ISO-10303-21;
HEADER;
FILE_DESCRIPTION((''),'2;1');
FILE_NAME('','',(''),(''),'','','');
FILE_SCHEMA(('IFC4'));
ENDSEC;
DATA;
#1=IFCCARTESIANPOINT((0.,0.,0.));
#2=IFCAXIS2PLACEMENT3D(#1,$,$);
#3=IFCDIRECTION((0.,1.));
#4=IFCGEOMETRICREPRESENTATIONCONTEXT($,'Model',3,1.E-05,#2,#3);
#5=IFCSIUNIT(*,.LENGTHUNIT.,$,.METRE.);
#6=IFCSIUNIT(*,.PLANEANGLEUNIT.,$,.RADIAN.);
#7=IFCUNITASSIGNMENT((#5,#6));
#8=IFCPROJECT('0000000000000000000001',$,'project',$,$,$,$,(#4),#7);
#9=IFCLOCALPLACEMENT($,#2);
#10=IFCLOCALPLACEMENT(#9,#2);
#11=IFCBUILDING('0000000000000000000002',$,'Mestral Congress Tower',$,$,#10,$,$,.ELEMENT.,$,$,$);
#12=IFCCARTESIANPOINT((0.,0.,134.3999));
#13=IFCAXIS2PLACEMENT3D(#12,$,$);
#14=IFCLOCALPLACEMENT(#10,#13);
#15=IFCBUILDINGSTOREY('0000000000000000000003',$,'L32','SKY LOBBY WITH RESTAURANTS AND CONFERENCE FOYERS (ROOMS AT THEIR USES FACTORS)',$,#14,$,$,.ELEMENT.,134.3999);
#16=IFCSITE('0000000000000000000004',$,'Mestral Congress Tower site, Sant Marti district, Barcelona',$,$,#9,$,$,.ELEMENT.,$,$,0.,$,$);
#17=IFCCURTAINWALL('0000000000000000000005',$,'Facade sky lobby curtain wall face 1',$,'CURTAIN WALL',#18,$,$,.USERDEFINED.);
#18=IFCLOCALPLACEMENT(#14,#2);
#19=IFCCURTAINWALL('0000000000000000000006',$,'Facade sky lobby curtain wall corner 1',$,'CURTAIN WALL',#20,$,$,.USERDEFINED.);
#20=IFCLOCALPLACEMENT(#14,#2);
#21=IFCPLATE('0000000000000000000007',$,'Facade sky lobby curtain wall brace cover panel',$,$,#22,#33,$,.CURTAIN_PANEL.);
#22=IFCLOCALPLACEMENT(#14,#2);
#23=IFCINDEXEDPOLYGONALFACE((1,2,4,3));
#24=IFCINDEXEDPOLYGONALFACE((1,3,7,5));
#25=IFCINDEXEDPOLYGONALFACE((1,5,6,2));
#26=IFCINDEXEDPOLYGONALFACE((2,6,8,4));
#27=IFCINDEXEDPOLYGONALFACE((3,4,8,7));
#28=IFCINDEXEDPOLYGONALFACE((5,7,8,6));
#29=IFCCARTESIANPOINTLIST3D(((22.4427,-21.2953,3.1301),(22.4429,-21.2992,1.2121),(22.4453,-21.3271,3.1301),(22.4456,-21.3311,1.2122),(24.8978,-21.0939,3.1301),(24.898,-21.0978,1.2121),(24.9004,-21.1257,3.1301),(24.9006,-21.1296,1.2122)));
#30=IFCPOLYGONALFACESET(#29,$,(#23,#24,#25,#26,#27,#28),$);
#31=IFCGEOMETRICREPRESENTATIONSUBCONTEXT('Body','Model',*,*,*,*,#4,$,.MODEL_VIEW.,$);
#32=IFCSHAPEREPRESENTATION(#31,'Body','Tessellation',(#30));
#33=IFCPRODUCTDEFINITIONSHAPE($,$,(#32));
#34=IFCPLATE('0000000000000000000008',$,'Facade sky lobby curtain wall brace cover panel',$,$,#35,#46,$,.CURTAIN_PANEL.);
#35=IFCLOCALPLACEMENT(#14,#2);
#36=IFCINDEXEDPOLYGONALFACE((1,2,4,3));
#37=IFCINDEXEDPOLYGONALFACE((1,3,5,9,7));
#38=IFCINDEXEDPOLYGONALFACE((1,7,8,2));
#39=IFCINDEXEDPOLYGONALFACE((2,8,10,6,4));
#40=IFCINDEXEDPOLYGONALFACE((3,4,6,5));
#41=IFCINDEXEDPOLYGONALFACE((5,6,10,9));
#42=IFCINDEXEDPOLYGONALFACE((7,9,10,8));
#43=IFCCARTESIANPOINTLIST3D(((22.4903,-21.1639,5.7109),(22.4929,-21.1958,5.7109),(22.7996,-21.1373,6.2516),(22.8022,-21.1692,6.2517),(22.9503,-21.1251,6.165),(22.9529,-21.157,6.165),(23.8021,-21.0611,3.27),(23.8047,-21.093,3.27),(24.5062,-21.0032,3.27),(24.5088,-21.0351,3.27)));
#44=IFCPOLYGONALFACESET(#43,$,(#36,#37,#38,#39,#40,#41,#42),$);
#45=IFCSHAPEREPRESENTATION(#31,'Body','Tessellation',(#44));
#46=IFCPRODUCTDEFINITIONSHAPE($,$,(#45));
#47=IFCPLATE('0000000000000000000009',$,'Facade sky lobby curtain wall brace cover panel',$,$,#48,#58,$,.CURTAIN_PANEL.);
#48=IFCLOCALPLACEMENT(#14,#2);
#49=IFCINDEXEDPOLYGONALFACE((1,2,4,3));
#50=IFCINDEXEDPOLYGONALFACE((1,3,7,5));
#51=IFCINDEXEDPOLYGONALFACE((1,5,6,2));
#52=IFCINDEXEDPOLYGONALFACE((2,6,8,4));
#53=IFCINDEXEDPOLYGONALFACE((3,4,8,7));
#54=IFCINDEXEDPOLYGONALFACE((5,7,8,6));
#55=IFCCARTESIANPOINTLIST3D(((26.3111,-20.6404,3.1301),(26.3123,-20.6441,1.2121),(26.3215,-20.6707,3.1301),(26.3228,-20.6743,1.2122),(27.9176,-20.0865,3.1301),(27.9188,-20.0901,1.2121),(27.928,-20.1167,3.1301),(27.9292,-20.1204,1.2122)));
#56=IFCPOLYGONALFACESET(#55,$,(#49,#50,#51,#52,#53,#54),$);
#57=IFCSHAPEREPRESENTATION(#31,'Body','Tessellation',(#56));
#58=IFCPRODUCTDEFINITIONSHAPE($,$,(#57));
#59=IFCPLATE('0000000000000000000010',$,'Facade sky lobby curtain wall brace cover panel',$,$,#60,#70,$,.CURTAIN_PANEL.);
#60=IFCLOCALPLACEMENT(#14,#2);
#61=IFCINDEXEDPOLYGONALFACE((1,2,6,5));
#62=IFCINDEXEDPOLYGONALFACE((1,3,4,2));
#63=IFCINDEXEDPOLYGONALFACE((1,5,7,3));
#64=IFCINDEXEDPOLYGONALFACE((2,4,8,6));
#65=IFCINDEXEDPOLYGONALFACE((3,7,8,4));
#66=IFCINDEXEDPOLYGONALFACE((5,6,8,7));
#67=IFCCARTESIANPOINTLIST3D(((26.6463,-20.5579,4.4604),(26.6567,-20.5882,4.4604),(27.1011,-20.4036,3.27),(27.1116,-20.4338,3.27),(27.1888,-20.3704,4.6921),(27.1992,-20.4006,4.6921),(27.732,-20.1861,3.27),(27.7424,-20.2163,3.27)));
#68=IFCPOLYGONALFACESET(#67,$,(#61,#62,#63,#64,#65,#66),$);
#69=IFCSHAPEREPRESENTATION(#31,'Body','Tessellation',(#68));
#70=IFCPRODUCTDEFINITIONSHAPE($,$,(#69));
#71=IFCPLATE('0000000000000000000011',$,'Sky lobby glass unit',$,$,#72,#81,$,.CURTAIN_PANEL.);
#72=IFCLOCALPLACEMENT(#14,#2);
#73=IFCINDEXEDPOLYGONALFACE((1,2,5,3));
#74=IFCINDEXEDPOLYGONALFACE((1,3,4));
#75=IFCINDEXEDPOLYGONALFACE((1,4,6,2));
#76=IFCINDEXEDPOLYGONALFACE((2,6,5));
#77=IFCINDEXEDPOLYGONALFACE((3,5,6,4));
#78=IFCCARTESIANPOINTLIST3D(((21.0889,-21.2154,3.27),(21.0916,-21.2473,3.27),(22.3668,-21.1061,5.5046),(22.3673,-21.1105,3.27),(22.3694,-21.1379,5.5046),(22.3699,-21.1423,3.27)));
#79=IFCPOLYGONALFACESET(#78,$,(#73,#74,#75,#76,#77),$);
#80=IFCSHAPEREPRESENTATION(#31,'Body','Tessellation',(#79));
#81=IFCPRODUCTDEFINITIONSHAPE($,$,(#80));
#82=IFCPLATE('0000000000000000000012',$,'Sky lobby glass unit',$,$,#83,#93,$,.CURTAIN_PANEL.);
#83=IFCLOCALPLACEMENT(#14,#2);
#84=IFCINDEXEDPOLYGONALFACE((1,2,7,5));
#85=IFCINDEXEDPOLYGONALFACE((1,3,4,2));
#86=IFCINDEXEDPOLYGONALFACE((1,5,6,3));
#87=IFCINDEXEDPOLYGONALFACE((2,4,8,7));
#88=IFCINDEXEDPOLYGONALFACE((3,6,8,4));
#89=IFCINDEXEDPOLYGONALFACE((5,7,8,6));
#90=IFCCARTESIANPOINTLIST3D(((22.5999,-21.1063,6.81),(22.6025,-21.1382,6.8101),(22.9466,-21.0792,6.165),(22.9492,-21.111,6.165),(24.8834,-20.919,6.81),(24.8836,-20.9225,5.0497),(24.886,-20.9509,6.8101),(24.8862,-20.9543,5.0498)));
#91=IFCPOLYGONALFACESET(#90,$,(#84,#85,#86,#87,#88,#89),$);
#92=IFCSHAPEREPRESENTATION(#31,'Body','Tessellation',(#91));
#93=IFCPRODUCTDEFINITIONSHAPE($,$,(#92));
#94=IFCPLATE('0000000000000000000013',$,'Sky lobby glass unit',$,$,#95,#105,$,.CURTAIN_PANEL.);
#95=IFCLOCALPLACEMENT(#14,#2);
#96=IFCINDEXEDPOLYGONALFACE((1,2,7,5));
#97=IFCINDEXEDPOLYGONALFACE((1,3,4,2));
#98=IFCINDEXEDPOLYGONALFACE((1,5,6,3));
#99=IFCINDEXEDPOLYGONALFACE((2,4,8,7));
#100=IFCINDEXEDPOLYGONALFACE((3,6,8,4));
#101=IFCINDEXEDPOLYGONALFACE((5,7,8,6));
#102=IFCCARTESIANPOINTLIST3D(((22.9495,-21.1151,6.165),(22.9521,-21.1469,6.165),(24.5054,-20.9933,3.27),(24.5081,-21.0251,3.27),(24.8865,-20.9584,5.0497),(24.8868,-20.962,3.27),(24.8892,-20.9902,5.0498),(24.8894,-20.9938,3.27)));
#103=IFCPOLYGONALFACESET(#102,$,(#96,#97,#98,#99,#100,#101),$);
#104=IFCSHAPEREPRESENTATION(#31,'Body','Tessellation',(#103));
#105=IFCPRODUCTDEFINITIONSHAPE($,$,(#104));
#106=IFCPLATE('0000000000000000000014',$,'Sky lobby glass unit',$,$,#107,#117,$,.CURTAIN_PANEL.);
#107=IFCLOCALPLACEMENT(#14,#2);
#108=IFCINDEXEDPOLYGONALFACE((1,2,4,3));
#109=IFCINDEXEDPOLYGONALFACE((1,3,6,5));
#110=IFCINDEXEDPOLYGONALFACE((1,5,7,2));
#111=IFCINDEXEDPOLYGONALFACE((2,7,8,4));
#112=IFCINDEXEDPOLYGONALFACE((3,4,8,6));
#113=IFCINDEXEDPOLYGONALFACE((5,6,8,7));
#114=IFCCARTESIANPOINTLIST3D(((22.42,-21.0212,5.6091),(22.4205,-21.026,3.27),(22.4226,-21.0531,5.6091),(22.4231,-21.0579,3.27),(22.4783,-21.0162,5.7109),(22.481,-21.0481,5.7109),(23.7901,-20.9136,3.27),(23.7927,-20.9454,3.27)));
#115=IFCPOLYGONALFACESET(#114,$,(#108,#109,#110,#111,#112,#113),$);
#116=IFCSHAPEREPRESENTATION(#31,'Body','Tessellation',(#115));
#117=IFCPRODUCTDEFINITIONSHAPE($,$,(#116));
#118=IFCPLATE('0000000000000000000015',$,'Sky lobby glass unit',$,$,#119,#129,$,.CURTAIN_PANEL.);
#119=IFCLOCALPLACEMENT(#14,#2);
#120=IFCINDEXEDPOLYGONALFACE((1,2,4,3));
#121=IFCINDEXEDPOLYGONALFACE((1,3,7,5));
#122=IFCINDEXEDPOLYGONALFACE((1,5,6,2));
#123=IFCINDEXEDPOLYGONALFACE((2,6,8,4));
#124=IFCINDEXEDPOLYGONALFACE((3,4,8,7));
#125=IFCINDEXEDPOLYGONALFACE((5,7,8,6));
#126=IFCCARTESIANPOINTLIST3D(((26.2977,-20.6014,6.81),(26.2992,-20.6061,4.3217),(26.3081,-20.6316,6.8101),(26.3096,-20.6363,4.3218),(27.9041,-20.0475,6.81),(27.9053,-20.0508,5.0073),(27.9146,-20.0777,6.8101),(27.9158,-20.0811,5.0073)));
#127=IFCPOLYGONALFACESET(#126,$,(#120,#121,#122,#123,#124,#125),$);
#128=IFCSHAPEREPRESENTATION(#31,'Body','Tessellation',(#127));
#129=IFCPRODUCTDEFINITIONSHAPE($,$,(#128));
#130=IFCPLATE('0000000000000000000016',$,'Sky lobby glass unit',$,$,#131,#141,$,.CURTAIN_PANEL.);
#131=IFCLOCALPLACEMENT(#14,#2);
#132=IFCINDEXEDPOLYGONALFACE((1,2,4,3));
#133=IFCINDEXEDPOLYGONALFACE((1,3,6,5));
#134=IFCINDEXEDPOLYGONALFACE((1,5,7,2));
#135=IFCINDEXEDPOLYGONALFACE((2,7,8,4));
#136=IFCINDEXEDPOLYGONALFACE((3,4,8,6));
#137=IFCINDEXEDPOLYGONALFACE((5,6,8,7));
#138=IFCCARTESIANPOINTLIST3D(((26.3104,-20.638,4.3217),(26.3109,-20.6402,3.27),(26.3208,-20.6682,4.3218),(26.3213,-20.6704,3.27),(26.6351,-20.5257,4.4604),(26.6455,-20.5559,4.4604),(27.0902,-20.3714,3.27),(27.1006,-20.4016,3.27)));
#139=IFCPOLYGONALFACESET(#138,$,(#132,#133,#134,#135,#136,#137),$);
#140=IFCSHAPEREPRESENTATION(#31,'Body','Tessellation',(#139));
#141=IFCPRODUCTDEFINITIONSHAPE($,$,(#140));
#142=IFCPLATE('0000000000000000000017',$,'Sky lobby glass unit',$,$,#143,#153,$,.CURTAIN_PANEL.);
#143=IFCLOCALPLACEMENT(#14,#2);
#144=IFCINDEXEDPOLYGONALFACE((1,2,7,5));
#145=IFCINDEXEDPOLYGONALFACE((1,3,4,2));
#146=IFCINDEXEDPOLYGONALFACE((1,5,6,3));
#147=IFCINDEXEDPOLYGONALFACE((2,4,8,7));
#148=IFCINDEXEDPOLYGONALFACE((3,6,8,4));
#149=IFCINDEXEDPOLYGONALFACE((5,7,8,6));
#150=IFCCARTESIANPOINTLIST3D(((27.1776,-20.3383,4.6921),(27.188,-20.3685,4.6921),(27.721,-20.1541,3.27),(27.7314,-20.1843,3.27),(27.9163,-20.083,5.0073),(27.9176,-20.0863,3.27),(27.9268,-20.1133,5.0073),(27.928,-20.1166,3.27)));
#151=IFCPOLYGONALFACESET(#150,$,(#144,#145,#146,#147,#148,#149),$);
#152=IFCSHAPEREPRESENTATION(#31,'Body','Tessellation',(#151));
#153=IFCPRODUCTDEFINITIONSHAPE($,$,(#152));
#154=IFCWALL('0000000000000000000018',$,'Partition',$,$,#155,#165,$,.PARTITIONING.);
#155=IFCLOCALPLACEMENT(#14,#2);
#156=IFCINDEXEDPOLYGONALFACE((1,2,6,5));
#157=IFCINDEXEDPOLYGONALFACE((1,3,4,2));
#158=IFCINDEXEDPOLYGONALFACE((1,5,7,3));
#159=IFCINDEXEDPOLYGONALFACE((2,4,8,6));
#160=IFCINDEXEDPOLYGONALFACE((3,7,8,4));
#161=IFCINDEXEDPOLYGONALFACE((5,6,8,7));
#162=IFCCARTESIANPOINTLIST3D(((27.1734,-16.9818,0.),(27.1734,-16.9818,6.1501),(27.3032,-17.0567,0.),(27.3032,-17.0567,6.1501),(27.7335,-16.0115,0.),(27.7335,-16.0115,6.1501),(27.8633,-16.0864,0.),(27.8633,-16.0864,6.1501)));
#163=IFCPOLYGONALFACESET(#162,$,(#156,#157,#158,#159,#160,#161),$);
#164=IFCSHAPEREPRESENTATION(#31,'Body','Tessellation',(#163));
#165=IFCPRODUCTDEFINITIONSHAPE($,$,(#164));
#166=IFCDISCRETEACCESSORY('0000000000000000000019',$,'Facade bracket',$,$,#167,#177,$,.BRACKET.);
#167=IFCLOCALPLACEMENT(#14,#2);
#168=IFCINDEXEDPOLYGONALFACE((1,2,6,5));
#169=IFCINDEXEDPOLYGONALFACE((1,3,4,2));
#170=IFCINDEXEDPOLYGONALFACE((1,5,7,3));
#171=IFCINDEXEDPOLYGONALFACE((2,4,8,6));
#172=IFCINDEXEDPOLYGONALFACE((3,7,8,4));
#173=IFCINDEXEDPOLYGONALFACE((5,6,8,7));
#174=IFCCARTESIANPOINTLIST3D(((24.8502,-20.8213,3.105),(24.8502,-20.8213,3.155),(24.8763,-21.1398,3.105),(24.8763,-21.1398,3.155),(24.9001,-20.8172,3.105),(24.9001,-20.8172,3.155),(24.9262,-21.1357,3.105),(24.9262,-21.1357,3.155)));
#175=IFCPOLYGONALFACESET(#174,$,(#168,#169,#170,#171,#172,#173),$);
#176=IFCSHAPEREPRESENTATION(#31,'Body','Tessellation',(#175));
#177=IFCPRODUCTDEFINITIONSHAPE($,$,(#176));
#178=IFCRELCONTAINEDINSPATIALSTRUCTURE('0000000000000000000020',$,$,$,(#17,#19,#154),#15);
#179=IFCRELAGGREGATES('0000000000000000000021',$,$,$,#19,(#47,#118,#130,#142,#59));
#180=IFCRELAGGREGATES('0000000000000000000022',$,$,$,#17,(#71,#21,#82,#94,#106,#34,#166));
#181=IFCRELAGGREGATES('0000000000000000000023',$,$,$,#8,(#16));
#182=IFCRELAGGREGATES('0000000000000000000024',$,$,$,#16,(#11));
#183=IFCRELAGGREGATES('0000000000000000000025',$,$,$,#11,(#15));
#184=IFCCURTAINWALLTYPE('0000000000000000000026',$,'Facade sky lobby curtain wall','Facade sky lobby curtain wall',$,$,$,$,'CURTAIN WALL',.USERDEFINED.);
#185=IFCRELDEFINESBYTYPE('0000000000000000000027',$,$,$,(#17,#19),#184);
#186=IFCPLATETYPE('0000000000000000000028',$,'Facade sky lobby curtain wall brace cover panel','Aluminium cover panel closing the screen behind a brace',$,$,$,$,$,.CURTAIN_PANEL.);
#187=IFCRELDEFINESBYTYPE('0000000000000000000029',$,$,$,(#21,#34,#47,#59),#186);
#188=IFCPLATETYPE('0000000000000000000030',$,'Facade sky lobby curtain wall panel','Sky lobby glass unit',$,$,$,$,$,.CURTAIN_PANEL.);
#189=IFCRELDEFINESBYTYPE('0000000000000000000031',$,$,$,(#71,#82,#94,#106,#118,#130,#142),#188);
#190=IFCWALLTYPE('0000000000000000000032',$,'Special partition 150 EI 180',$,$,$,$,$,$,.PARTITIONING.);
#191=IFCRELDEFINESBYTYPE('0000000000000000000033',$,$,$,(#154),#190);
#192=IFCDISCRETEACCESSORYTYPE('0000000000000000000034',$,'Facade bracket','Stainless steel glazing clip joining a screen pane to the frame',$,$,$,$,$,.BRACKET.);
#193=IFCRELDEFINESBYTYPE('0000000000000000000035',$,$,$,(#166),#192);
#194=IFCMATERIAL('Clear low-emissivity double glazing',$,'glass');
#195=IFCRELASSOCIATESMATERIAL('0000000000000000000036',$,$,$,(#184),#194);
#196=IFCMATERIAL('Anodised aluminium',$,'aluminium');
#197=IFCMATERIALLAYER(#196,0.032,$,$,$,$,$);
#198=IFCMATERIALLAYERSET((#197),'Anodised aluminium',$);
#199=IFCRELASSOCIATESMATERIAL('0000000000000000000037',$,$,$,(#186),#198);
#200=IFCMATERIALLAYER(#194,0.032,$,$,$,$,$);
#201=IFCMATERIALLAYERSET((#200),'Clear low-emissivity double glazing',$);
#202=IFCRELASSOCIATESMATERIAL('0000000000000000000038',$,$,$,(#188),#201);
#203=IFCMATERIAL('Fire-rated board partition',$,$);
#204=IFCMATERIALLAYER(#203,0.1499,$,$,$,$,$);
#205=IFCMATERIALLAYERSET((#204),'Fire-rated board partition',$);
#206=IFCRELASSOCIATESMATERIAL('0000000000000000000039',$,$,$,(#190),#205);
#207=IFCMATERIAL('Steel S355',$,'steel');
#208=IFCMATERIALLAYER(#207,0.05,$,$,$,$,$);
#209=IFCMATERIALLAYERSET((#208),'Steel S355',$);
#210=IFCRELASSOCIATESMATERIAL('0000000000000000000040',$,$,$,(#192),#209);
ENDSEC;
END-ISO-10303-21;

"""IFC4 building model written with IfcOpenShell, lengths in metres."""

from ifc_helpers import new_model, si_unit, direction, frame, frame_2d, origin, origin_2d, place, context, subcontext, project, spatial, polyline, rectangle, outline, extrude, material, layer, layer_set, type_object, element, aggregate, save


model = new_model("IFC4")

# Units and contexts
model_context = context("Model", 3, precision=1e-05, world=origin(), true_north=direction((0.0, 1.0)))
body_context = subcontext(model_context, "Body", "Model", "MODEL_VIEW")
ifc_project = project(units=[si_unit("LENGTHUNIT", "METRE"), si_unit("PLANEANGLEUNIT", "RADIAN")], contexts=[model_context])

# Site, building, storey
site_placement = place(None, origin())
site = spatial("IfcSite", under=ifc_project, at=site_placement, Name="Mestral Congress Tower site, Sant Marti district, Barcelona", CompositionType="ELEMENT", RefElevation=0.0)
building_placement = place(site_placement, origin())
building = spatial("IfcBuilding", under=site, at=building_placement, Name="Mestral Congress Tower", CompositionType="ELEMENT")
storey_placement = place(building_placement, frame((0.0, 0.0, 134.3999)))
storey = spatial("IfcBuildingStorey", under=building, at=storey_placement, Name="L32", Description="SKY LOBBY WITH RESTAURANTS AND CONFERENCE FOYERS (ROOMS AT THEIR USES FACTORS)", CompositionType="ELEMENT", Elevation=134.3999)

# Shared definitions
ifc_material_1 = material(Name="Steel S355", Category="steel")

# Curtain walls
ifc_material_2 = material(Name="Clear low-emissivity double glazing", Category="glass")
curtain_wall_type = type_object("IfcCurtainWallType", Name="Facade sky lobby curtain wall", Description="Facade sky lobby curtain wall", ElementType="CURTAIN WALL", PredefinedType="USERDEFINED", material=ifc_material_2)
placement = place(storey_placement, origin())
curtain_wall_1 = element("IfcCurtainWall", 1, at=placement, inside=storey, type_object=curtain_wall_type, Name="Facade sky lobby curtain wall face 1", ObjectType="CURTAIN WALL", PredefinedType="USERDEFINED")
ifc_material_3 = material(Name="Anodised aluminium", Category="aluminium")
curtain_wall_2 = element("IfcCurtainWall", 2, at=placement, inside=storey, type_object=curtain_wall_type, Name="Facade sky lobby curtain wall corner 1", ObjectType="CURTAIN WALL", PredefinedType="USERDEFINED")

# Plates
ifc_layer_1 = layer(ifc_material_3, 0.032)
ifc_layer_set_1 = layer_set([ifc_layer_1], Name="Anodised aluminium")
plate_type_1 = type_object("IfcPlateType", Name="Facade sky lobby curtain wall brace cover panel", Description="Aluminium cover panel closing the screen behind a brace", PredefinedType="CURTAIN_PANEL", material=ifc_layer_set_1)
plate_1_placement = place(storey_placement, frame((24.9004, -21.1257, 3.1301), z_axis=(0.081766, -0.996649, 0.00204), x_axis=(0.000127, -0.002037, -0.999998)))
plate_1 = element("IfcPlate", 3, at=plate_1_placement, type_object=plate_type_1, Name="Facade sky lobby curtain wall brace cover panel", PredefinedType="CURTAIN_PANEL", context=body_context, shape_type="SweptSolid", body=[
    extrude(outline(polyline([(0.0, 0.0), (1.918, 0.0), (1.9181, -2.4633), (0.0001, -2.4633), (0.0, 0.0)])), origin(), (0.0, 0.0, -1.0), 0.032),
])
plate_2_placement = place(storey_placement, frame((23.8047, -21.093, 3.27), z_axis=(0.081958, -0.996634, 0.002095), x_axis=(-0.473056, -0.037051, 0.880253)))
plate_2 = element("IfcPlate", 4, at=plate_2_placement, type_object=plate_type_1, Name="Facade sky lobby curtain wall brace cover panel", PredefinedType="CURTAIN_PANEL", context=body_context, shape_type="SweptSolid", body=[
    extrude(outline(polyline([(0.0, 0.0), (2.773, 0.0), (3.1017, -0.5299), (2.9537, -0.6218), (-0.3352, -0.6219), (0.0, 0.0)])), origin(), (0.0, 0.0, -1.0), 0.032),
])
plate_3_placement = place(storey_placement, frame((27.928, -20.1167, 3.1301), z_axis=(0.325994, -0.94537, 0.002013), x_axis=(0.000636, -0.001909, -0.999998)))
plate_3 = element("IfcPlate", 5, at=plate_3_placement, type_object=plate_type_1, Name="Facade sky lobby curtain wall brace cover panel", PredefinedType="CURTAIN_PANEL", context=body_context, shape_type="SweptSolid", body=[
    extrude(outline(polyline([(0.0, 0.0), (1.918, 0.0), (1.918, -1.6993), (0.0, -1.6993), (0.0, 0.0)])), origin(), (0.0, 0.0, -1.0), 0.032),
])
plate_4_placement = place(storey_placement, frame((27.1116, -20.4338, 3.27), z_axis=(0.325949, -0.945385, 0.001984), x_axis=(-0.354318, -0.120215, 0.927366)))
plate_4 = element("IfcPlate", 6, at=plate_4_placement, type_object=plate_type_1, Name="Facade sky lobby curtain wall brace cover panel", PredefinedType="CURTAIN_PANEL", context=body_context, shape_type="SweptSolid", body=[
    extrude(outline(polyline([(0.0, 0.0), (1.2837, 0.0), (1.2838, -0.619), (-0.2497, -0.6188), (0.0, 0.0)])), origin(), (0.0, 0.0, -1.0), 0.032),
])
ifc_layer_2 = layer(ifc_material_2, 0.032)
ifc_layer_set_2 = layer_set([ifc_layer_2], Name="Clear low-emissivity double glazing")
plate_type_2 = type_object("IfcPlateType", Name="Facade sky lobby curtain wall panel", Description="Sky lobby glass unit", PredefinedType="CURTAIN_PANEL", material=ifc_layer_set_2)
plate_5_placement = place(storey_placement, frame((22.3699, -21.1423, 3.27), z_axis=(0.081848, -0.996643, 0.001978), x_axis=(-0.996645, -0.081848, 0.0)))
plate_5 = element("IfcPlate", 7, at=plate_5_placement, type_object=plate_type_2, Name="Sky lobby glass unit", PredefinedType="CURTAIN_PANEL", context=body_context, shape_type="SweptSolid", body=[
    extrude(outline(polyline([(0.0, 0.0), (1.2826, 0.0), (0.0001, -2.2346), (0.0, 0.0)])), origin(), (0.0, 0.0, -1.0), 0.032),
])
plate_6_placement = place(storey_placement, frame((24.8862, -20.9543, 5.0498), z_axis=(0.081756, -0.99665, 0.001979), x_axis=(-0.864504, -0.069928, 0.497737)))
plate_6 = element("IfcPlate", 8, at=plate_6_placement, type_object=plate_type_2, Name="Sky lobby glass unit", PredefinedType="CURTAIN_PANEL", context=body_context, shape_type="SweptSolid", body=[
    extrude(outline(polyline([(0.0, 0.0), (2.2406, 0.0), (2.8633, -0.3864), (0.8761, -1.5267), (0.0, 0.0)])), origin(), (0.0, 0.0, -1.0), 0.032),
])
plate_7_placement = place(storey_placement, frame((24.5081, -21.0251, 3.27), z_axis=(0.081794, -0.996647, 0.002036), x_axis=(-0.47308, -0.037027, 0.880241)))
plate_7 = element("IfcPlate", 9, at=plate_7_placement, type_object=plate_type_2, Name="Sky lobby glass unit", PredefinedType="CURTAIN_PANEL", context=body_context, shape_type="SweptSolid", body=[
    extrude(outline(polyline([(0.0, 0.0), (3.2889, 0.0), (1.3851, -1.1814), (-0.1816, -0.3368), (0.0, 0.0)])), origin(), (0.0, 0.0, -1.0), 0.032),
])
plate_8_placement = place(storey_placement, frame((22.481, -21.0481, 5.7109), z_axis=(0.081814, -0.996645, 0.002048), x_axis=(0.473058, 0.037024, -0.880253)))
plate_8 = element("IfcPlate", 10, at=plate_8_placement, type_object=plate_type_2, Name="Sky lobby glass unit", PredefinedType="CURTAIN_PANEL", context=body_context, shape_type="SweptSolid", body=[
    extrude(outline(polyline([(0.0, 0.0), (2.773, 0.0), (2.1209, -1.2097), (0.0618, -0.0998), (0.0, 0.0)])), origin(), (0.0, 0.0, -1.0), 0.032),
])
plate_9_placement = place(storey_placement, frame((26.3081, -20.6316, 6.8101), z_axis=(0.32596, -0.945381, 0.001979), x_axis=(0.945383, 0.325961, 0.0)))
plate_9 = element("IfcPlate", 11, at=plate_9_placement, type_object=plate_type_2, Name="Sky lobby glass unit", PredefinedType="CURTAIN_PANEL", context=body_context, shape_type="SweptSolid", body=[
    extrude(outline(polyline([(0.0, 0.0), (1.6993, 0.0), (1.6993, -1.8027), (-0.0001, -2.4883), (0.0, 0.0)])), origin(), (0.0, 0.0, -1.0), 0.032),
])
plate_10_placement = place(storey_placement, frame((26.3213, -20.6704, 3.27), z_axis=(0.326067, -0.945344, 0.002122), x_axis=(-0.000463, 0.002085, 0.999998)))
plate_10 = element("IfcPlate", 12, at=plate_10_placement, type_object=plate_type_2, Name="Sky lobby glass unit", PredefinedType="CURTAIN_PANEL", context=body_context, shape_type="SweptSolid", body=[
    extrude(outline(polyline([(0.0, 0.0), (1.0518, 0.0), (1.1905, -0.3435), (0.0002, -0.8244), (0.0, 0.0)])), origin(), (0.0, 0.0, -1.0), 0.032),
])
plate_11_placement = place(storey_placement, frame((27.9268, -20.1133, 5.0073), z_axis=(0.325811, -0.945433, 0.002034), x_axis=(0.000728, -0.0019, -0.999998)))
plate_11 = element("IfcPlate", 13, at=plate_11_placement, type_object=plate_type_2, Name="Sky lobby glass unit", PredefinedType="CURTAIN_PANEL", context=body_context, shape_type="SweptSolid", body=[
    extrude(outline(polyline([(0.0, 0.0), (1.7373, 0.0), (1.7373, -0.2079), (0.3151, -0.7816), (0.0, 0.0)])), origin(), (0.0, 0.0, -1.0), 0.032),
])
aggregate(curtain_wall_2, [plate_3, plate_9, plate_10, plate_11, plate_4])

# Wall
ifc_material_4 = material(Name="Fire-rated board partition")
ifc_layer_3 = layer(ifc_material_4, 0.1499)
ifc_layer_set_3 = layer_set([ifc_layer_3], Name="Fire-rated board partition")
wall_type = type_object("IfcWallType", Name="Special partition 150 EI 180", PredefinedType="PARTITIONING", material=ifc_layer_set_3)
wall_placement = place(storey_placement, frame((27.7983, -16.0491, 0.0), z_axis=(0.0, 0.0, 1.0), x_axis=(-0.499936, -0.866062, 0.0)))
element("IfcWall", 14, at=wall_placement, inside=storey, type_object=wall_type, Name="Partition", PredefinedType="PARTITIONING", context=body_context, shape_type="SweptSolid", body=[
    extrude(rectangle(XDim=1.1204, YDim=0.1499, at=frame_2d((0.5601, 0.0))), origin(), (0.0, 0.0, 1.0), 6.1501),
])

# Discrete accessory
ifc_layer_4 = layer(ifc_material_1, 0.05)
ifc_layer_set_4 = layer_set([ifc_layer_4], Name="Steel S355")
discrete_accessory_type = type_object("IfcDiscreteAccessoryType", Name="Facade bracket", Description="Stainless steel glazing clip joining a screen pane to the frame", PredefinedType="BRACKET", material=ifc_layer_set_4)
discrete_accessory_placement = place(storey_placement, frame((24.8882, -20.9785, 3.105), z_axis=(0.0, 0.0, 1.0), x_axis=(0.996652, 0.081758, 0.0)))
discrete_accessory = element("IfcDiscreteAccessory", 15, at=discrete_accessory_placement, type_object=discrete_accessory_type, Name="Facade bracket", PredefinedType="BRACKET", context=body_context, shape_type="SweptSolid", body=[
    extrude(rectangle(XDim=0.05, YDim=0.3196, at=origin_2d()), origin(), (0.0, 0.0, 1.0), 0.05),
])
aggregate(curtain_wall_1, [plate_5, plate_1, plate_6, plate_7, plate_8, plate_2, discrete_accessory])

save(model, "model.ifc")
